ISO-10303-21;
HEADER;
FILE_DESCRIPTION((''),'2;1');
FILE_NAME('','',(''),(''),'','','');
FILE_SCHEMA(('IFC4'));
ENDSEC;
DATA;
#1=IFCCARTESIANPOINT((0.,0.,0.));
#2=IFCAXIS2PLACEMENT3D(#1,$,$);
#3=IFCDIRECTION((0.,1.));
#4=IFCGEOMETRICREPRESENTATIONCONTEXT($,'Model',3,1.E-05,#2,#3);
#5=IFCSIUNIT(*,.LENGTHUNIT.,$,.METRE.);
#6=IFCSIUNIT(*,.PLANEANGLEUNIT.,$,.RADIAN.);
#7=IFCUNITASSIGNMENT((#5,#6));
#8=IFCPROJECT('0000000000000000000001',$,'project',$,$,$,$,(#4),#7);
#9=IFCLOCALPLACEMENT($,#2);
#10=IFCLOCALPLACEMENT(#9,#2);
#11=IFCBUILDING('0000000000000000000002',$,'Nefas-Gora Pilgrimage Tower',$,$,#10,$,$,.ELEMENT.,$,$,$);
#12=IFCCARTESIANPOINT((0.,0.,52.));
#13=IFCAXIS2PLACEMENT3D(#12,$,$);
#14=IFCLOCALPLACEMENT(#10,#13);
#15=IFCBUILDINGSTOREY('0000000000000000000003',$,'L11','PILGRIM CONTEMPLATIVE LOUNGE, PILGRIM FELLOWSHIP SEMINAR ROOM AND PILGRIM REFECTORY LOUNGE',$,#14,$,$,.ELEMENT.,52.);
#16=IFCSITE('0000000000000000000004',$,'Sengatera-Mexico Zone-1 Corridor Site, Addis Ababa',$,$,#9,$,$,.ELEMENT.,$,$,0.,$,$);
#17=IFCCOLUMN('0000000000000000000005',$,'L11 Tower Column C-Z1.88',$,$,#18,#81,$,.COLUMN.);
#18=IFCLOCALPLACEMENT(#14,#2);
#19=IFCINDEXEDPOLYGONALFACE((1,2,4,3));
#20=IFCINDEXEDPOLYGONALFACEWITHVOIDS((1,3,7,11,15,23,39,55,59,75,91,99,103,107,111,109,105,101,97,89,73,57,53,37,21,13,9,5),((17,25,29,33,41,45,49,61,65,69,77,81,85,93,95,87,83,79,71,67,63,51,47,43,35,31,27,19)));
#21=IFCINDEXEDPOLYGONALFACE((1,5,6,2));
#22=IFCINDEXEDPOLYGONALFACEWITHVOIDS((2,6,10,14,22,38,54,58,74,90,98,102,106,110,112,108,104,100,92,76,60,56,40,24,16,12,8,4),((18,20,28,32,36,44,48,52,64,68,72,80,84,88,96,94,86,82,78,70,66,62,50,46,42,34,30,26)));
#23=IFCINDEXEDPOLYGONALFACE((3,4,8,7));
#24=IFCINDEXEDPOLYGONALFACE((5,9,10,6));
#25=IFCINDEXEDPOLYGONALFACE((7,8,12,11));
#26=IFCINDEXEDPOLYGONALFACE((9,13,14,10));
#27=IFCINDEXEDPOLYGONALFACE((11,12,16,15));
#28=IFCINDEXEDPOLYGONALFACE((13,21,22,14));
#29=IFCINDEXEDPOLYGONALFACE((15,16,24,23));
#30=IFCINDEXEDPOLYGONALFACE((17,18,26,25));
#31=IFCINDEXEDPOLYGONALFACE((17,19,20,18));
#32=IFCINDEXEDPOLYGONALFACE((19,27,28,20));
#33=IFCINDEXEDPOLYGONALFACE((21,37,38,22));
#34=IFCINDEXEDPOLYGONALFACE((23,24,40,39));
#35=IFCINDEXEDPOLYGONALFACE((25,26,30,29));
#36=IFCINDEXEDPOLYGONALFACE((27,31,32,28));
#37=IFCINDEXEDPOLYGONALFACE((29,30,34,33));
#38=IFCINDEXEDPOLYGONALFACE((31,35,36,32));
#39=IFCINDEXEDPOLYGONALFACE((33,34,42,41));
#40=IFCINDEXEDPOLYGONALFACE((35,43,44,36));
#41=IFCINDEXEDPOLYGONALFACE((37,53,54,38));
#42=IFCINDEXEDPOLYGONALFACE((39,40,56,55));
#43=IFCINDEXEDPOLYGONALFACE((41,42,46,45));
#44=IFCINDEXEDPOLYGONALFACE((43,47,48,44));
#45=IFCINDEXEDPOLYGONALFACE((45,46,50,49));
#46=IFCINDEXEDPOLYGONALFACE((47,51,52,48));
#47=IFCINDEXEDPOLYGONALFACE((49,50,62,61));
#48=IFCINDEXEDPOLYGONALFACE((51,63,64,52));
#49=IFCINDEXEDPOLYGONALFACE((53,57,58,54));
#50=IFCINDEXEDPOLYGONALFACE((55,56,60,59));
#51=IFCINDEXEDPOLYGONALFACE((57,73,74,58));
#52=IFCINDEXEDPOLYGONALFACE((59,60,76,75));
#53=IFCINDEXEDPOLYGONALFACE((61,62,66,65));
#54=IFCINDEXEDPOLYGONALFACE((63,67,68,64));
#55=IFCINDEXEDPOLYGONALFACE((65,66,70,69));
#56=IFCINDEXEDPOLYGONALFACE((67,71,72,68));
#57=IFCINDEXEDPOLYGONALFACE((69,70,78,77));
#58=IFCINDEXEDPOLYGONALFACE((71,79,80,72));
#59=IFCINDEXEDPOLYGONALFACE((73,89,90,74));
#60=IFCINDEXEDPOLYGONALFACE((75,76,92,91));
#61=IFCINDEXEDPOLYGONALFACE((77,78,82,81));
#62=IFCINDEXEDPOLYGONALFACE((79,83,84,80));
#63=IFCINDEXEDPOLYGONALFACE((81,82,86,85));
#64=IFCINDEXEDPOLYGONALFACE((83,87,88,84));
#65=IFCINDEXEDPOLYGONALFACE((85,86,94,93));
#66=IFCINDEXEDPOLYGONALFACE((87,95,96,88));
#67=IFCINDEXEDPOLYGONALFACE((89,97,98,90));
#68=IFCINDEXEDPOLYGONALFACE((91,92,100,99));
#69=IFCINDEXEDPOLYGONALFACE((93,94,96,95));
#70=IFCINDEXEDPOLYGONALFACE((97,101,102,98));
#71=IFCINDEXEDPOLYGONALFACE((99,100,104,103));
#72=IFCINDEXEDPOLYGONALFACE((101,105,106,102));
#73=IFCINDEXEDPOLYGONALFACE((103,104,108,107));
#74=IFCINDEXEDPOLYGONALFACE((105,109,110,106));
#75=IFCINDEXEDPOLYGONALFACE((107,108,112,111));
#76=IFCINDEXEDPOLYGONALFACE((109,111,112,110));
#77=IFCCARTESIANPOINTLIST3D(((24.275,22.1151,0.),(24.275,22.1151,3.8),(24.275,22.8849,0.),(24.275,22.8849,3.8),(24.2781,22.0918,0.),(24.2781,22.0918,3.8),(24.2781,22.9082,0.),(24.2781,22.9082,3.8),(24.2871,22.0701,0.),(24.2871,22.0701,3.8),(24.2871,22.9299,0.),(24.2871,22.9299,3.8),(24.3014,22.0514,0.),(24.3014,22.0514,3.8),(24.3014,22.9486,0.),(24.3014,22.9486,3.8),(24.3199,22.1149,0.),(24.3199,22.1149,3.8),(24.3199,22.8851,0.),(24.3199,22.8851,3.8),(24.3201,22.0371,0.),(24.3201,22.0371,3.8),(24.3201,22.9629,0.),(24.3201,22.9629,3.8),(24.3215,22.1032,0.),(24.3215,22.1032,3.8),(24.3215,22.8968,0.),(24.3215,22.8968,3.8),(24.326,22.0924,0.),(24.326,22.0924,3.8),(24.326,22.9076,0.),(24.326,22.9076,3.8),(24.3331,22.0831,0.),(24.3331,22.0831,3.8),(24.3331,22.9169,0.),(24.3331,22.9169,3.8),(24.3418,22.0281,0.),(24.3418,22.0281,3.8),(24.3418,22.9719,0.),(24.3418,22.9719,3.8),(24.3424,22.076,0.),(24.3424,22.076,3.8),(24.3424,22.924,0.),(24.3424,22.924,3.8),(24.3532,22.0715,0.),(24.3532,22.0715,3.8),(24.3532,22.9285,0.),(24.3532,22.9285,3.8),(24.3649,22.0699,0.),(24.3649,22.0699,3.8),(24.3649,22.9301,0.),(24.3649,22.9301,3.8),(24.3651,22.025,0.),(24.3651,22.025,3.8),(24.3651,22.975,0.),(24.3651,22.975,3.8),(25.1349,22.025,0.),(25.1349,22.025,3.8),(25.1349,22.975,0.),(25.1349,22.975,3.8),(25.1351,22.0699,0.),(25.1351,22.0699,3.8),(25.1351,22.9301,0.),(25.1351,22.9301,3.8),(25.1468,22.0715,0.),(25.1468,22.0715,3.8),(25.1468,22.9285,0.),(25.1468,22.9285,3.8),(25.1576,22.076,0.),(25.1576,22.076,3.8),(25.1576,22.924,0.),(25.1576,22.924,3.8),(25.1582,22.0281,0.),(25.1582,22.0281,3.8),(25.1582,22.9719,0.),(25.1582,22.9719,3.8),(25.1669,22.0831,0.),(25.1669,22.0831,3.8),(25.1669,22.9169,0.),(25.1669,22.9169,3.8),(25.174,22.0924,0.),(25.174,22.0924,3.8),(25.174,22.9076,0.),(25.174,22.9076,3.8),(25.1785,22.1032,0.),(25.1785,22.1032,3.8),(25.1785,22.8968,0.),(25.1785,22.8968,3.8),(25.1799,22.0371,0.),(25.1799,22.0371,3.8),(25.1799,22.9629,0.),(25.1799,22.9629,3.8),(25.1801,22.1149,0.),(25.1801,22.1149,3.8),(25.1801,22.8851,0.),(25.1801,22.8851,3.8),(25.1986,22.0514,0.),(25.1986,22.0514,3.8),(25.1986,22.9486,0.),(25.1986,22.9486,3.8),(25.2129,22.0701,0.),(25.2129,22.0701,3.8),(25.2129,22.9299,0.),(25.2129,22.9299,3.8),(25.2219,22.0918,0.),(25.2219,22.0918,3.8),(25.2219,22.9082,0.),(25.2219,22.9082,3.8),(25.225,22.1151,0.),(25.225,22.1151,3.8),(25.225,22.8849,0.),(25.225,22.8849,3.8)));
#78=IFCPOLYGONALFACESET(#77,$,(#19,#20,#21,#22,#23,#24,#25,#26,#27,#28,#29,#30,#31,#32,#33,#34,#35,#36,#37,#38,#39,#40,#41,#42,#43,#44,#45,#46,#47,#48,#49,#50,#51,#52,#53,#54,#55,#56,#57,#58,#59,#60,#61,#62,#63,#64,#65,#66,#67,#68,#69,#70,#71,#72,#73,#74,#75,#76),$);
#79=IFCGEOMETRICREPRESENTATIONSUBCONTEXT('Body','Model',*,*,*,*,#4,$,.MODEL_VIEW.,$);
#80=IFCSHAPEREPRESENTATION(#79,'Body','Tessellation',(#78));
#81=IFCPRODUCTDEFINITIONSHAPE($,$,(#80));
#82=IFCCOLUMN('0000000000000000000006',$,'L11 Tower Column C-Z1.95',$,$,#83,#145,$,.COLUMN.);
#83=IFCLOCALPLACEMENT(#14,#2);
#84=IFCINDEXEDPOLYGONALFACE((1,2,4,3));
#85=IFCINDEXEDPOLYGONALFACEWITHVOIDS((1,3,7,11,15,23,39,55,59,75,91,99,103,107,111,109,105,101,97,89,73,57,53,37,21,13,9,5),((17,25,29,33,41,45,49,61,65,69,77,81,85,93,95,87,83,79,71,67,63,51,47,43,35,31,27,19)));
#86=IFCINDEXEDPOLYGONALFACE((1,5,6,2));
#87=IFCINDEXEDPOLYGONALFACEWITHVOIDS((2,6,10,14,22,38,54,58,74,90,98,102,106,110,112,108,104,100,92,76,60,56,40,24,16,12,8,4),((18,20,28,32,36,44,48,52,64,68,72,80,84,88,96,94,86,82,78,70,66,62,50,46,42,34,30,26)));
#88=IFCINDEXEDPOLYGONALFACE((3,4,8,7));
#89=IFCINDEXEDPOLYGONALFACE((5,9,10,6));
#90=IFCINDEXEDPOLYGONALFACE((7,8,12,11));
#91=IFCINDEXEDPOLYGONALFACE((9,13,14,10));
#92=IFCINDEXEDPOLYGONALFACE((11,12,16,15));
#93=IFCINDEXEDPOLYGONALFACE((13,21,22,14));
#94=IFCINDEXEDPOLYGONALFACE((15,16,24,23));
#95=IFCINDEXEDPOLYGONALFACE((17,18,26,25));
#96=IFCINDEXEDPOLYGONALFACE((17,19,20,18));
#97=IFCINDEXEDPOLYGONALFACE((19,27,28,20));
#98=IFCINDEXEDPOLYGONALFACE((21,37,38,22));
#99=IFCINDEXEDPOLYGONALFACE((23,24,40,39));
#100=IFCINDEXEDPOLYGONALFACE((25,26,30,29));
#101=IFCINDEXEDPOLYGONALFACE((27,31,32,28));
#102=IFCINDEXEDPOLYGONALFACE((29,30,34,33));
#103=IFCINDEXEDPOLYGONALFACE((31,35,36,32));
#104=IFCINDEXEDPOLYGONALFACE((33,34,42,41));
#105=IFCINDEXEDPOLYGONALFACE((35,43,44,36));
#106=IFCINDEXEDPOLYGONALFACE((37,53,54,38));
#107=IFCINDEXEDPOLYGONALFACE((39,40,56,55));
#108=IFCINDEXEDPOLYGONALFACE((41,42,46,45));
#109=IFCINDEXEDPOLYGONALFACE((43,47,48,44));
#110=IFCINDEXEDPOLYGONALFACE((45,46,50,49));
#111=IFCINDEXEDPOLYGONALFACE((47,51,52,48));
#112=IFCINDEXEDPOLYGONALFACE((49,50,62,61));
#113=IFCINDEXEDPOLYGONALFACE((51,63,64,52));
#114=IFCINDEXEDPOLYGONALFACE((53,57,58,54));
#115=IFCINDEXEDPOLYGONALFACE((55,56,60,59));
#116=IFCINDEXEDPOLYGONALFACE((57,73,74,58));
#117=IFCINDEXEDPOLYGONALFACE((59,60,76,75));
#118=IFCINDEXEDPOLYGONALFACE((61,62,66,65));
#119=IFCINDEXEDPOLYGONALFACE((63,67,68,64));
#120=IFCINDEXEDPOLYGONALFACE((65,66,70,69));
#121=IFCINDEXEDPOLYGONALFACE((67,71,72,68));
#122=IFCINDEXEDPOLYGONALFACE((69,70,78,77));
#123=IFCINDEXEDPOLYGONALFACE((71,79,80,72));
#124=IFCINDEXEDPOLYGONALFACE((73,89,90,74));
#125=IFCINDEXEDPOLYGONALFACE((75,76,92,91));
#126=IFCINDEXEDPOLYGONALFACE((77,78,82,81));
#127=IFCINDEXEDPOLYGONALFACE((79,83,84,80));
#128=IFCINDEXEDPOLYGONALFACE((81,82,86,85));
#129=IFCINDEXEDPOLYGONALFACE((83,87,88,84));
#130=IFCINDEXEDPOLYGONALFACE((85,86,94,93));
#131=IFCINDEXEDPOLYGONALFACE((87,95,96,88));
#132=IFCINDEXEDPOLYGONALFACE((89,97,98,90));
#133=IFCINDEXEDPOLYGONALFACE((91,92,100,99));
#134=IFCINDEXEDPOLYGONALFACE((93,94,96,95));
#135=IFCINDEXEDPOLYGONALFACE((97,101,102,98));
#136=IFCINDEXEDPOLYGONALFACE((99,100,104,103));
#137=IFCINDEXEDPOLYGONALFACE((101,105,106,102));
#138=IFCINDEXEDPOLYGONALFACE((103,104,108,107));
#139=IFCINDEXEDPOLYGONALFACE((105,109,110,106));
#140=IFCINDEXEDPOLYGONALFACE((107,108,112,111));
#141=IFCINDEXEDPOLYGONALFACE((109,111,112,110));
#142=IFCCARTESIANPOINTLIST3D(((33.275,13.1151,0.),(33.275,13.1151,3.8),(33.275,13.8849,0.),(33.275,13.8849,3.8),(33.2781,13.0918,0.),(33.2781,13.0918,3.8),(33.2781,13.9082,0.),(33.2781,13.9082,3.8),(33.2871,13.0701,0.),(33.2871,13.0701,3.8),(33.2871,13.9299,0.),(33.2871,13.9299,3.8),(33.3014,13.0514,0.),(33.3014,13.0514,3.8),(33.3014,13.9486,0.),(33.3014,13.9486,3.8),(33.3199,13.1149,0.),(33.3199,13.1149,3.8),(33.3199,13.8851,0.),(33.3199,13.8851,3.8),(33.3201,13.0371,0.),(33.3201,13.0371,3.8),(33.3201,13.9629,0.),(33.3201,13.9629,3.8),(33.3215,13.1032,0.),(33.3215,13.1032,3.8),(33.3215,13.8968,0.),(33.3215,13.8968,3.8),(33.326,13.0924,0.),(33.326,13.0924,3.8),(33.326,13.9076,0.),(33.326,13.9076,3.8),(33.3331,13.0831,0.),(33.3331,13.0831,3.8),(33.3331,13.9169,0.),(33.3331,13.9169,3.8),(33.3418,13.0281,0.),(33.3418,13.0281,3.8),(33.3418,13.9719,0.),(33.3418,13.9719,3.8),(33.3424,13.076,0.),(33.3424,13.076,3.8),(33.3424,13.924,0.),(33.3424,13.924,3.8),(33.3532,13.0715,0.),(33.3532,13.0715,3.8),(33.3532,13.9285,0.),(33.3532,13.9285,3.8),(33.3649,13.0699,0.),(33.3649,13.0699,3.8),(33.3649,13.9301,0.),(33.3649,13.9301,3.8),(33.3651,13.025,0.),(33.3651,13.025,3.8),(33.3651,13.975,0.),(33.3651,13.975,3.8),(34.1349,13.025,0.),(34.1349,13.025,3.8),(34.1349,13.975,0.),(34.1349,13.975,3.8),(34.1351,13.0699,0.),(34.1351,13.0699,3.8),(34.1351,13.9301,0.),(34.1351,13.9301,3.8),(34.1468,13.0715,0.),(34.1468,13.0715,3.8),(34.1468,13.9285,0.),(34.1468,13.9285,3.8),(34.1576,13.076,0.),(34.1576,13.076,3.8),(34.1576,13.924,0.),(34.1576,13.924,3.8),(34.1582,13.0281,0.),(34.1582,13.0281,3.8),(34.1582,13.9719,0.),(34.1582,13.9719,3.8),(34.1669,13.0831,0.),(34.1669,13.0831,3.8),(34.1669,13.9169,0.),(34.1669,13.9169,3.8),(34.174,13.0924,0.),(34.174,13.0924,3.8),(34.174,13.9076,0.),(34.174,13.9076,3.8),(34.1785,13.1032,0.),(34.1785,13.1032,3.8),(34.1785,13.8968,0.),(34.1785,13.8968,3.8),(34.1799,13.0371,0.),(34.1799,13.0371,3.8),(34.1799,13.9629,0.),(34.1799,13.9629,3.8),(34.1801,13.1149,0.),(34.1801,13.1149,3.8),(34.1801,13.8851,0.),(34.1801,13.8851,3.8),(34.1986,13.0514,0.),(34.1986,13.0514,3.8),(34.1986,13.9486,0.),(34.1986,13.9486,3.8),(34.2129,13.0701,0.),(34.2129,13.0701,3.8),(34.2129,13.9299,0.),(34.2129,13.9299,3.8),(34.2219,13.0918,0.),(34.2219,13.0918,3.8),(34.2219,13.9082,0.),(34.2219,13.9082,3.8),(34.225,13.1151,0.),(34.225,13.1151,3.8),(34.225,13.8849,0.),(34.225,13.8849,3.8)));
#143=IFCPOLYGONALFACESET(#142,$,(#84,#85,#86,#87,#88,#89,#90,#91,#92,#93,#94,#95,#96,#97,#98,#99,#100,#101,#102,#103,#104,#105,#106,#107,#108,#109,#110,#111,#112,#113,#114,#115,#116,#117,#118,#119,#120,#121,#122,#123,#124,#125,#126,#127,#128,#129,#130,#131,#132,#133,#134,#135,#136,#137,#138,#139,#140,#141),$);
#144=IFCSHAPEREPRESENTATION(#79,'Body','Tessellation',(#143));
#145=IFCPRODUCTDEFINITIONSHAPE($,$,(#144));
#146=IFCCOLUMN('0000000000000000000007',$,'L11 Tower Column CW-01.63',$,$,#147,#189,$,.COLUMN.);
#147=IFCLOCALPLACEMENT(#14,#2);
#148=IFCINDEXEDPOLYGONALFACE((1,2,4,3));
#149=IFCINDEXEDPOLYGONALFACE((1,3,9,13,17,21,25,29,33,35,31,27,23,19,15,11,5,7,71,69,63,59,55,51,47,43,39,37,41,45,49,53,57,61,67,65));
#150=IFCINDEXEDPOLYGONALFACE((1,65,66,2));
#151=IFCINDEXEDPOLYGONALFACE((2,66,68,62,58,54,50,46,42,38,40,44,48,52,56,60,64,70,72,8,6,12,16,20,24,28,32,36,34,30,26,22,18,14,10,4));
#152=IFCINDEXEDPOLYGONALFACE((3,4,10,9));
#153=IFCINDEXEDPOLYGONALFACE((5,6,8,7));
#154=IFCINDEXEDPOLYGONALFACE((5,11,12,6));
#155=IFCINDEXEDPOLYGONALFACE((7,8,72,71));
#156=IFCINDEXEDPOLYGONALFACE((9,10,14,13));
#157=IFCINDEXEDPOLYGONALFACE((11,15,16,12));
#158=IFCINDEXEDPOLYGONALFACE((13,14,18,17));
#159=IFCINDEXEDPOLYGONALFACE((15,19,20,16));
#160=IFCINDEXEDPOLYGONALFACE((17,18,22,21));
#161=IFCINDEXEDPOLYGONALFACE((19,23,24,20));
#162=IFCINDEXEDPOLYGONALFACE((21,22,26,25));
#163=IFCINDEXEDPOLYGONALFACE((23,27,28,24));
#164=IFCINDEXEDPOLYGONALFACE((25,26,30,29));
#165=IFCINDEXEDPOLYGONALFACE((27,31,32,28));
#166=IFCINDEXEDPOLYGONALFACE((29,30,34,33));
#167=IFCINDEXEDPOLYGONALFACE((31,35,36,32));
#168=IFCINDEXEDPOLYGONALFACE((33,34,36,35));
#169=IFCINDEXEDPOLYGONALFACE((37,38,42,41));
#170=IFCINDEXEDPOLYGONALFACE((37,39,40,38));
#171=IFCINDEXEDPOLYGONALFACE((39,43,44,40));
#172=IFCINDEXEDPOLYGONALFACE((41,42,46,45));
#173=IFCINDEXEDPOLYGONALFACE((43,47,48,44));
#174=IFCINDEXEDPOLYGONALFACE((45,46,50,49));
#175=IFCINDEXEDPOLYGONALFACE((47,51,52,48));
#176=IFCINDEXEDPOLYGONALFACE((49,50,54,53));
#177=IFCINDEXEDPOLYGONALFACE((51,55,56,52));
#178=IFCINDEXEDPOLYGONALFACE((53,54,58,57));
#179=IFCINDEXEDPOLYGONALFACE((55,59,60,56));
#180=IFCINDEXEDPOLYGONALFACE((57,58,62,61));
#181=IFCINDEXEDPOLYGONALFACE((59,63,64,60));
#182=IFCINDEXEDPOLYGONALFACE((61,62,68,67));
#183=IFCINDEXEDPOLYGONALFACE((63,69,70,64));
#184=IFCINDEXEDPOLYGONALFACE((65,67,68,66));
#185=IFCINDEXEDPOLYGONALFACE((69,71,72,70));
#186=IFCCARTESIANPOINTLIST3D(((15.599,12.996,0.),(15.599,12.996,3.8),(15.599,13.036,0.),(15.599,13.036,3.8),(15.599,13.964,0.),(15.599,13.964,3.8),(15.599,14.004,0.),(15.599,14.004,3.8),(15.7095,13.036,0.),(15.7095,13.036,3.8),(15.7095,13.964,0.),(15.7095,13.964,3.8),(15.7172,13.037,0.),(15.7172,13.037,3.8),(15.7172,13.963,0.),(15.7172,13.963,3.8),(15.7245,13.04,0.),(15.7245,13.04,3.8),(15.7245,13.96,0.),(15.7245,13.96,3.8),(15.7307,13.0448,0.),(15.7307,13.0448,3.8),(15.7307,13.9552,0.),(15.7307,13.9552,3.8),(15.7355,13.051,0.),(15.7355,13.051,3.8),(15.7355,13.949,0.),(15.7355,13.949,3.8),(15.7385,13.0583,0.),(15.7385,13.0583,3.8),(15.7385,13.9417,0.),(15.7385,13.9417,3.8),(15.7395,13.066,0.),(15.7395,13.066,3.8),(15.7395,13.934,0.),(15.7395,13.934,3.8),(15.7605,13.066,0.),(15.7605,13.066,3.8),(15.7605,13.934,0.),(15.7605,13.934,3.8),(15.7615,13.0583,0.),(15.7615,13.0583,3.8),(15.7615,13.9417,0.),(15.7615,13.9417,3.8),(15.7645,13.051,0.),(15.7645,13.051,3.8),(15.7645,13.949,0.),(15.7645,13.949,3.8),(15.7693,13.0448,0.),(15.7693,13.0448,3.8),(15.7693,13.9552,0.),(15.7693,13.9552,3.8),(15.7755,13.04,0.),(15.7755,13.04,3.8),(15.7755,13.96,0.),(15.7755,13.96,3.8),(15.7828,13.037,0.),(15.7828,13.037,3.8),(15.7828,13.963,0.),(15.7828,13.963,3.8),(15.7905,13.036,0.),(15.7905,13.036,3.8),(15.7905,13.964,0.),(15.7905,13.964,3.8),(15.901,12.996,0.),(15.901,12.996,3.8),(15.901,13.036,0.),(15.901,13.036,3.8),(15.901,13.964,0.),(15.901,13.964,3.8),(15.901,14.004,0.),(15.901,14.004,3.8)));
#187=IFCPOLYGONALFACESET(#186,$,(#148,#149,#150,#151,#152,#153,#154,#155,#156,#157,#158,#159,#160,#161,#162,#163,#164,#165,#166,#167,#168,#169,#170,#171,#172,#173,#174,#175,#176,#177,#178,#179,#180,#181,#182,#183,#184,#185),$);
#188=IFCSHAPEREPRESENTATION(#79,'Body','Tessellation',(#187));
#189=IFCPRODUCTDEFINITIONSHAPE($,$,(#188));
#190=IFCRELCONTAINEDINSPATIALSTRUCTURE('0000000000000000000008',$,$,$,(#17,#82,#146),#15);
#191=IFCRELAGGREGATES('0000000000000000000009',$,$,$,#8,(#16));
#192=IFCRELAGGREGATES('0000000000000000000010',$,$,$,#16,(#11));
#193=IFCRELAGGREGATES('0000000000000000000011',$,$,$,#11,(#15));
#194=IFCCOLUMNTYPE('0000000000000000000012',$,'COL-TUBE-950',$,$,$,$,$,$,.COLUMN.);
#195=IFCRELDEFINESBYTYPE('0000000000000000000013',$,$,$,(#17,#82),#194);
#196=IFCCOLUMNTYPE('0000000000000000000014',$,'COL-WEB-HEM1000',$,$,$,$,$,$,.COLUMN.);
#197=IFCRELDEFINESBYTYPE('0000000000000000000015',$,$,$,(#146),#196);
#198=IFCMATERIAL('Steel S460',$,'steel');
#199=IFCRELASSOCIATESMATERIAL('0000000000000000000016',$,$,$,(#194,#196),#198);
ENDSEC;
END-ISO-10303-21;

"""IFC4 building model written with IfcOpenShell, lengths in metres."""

from ifc_helpers import new_model, si_unit, direction, frame, origin, origin_2d, place, context, subcontext, project, spatial, hollow_rectangle, i_section, extrude, source, transform, mapped, material, material_profile, profile_set, type_object, element, save


model = new_model("IFC4")

# Units and contexts
model_context = context("Model", 3, precision=1e-05, world=origin(), true_north=direction((0.0, 1.0)))
body_context = subcontext(model_context, "Body", "Model", "MODEL_VIEW")
ifc_project = project(units=[si_unit("LENGTHUNIT", "METRE"), si_unit("PLANEANGLEUNIT", "RADIAN")], contexts=[model_context])

# Site, building, storey
site_placement = place(None, origin())
site = spatial("IfcSite", under=ifc_project, at=site_placement, Name="Sengatera-Mexico Zone-1 Corridor Site, Addis Ababa", CompositionType="ELEMENT", RefElevation=0.0)
building_placement = place(site_placement, origin())
building = spatial("IfcBuilding", under=site, at=building_placement, Name="Nefas-Gora Pilgrimage Tower", CompositionType="ELEMENT")
storey_placement = place(building_placement, frame((0.0, 0.0, 52.0)))
storey = spatial("IfcBuildingStorey", under=building, at=storey_placement, Name="L11", Description="PILGRIM CONTEMPLATIVE LOUNGE, PILGRIM FELLOWSHIP SEMINAR ROOM AND PILGRIM REFECTORY LOUNGE", CompositionType="ELEMENT", Elevation=52.0)

# Columns
ifc_material_1 = material(Name="Steel S460", Category="steel")
ifc_material_profile_1 = material_profile(ifc_material_1, hollow_rectangle(XDim=0.95, YDim=0.95, WallThickness=0.0449, InnerFilletRadius=0.0449, OuterFilletRadius=0.0901, at=origin_2d()), Name="BOX 950x950x45")
ifc_profile_set_1 = profile_set([ifc_material_profile_1], Name="Steel S460")
column_type_1 = type_object("IfcColumnType", Name="COL-TUBE-950", PredefinedType="COLUMN", material=ifc_profile_set_1)
shared_shape_1 = source(origin(), body_context, "Body", "SweptSolid", [
    extrude(hollow_rectangle(XDim=0.95, YDim=0.95, WallThickness=0.0449, InnerFilletRadius=0.0449, OuterFilletRadius=0.0901, at=origin_2d()), origin(), (0.0, 0.0, 1.0), 3.8),
])
for number, where, z_axis, x_axis, name in (
    (1, (24.75, 22.5, 0.0), (0.0, 0.0, 1.0), (1.0, 0.0, 0.0), "L11 Tower Column C-Z1.88"),
    (2, (33.75, 13.5, 0.0), (0.0, 0.0, 1.0), (1.0, 0.0, 0.0), "L11 Tower Column C-Z1.95"),
):
    element("IfcColumn", number, at=place(storey_placement, frame(where, z_axis=z_axis, x_axis=x_axis)), inside=storey, type_object=column_type_1, Name=name, PredefinedType="COLUMN", context=body_context, shape_type="MappedRepresentation", body=[
        mapped(shared_shape_1, transform((0.0, 0.0, 0.0), x_axis=(1.0, 0.0, 0.0), y_axis=(0.0, 1.0, 0.0), z_axis=(0.0, 0.0, 1.0), scale=1.0)),
    ])
ifc_material_profile_2 = material_profile(ifc_material_1, i_section(OverallWidth=0.302, OverallDepth=1.0081, WebThickness=0.021, FlangeThickness=0.04, FilletRadius=0.03, at=origin_2d()), Name="HEM 1000")
ifc_profile_set_2 = profile_set([ifc_material_profile_2], Name="Steel S460")
column_type_2 = type_object("IfcColumnType", Name="COL-WEB-HEM1000", PredefinedType="COLUMN", material=ifc_profile_set_2)
shared_shape_2 = source(origin(), body_context, "Body", "SweptSolid", [
    extrude(i_section(OverallWidth=0.302, OverallDepth=1.0081, WebThickness=0.021, FlangeThickness=0.04, FilletRadius=0.03, at=origin_2d()), origin(), (0.0, 0.0, 1.0), 3.8),
])
for number, where, z_axis, x_axis, name in (
    (3, (15.75, 13.5, 0.0), (0.0, 0.0, 1.0), (1.0, 0.0, 0.0), "L11 Tower Column CW-01.63"),
):
    element("IfcColumn", number, at=place(storey_placement, frame(where, z_axis=z_axis, x_axis=x_axis)), inside=storey, type_object=column_type_2, Name=name, PredefinedType="COLUMN", context=body_context, shape_type="MappedRepresentation", body=[
        mapped(shared_shape_2, transform((0.0, 0.0, 0.0), x_axis=(1.0, 0.0, 0.0), y_axis=(0.0, 1.0, 0.0), z_axis=(0.0, 0.0, 1.0), scale=1.0)),
    ])

save(model, "model.ifc")
